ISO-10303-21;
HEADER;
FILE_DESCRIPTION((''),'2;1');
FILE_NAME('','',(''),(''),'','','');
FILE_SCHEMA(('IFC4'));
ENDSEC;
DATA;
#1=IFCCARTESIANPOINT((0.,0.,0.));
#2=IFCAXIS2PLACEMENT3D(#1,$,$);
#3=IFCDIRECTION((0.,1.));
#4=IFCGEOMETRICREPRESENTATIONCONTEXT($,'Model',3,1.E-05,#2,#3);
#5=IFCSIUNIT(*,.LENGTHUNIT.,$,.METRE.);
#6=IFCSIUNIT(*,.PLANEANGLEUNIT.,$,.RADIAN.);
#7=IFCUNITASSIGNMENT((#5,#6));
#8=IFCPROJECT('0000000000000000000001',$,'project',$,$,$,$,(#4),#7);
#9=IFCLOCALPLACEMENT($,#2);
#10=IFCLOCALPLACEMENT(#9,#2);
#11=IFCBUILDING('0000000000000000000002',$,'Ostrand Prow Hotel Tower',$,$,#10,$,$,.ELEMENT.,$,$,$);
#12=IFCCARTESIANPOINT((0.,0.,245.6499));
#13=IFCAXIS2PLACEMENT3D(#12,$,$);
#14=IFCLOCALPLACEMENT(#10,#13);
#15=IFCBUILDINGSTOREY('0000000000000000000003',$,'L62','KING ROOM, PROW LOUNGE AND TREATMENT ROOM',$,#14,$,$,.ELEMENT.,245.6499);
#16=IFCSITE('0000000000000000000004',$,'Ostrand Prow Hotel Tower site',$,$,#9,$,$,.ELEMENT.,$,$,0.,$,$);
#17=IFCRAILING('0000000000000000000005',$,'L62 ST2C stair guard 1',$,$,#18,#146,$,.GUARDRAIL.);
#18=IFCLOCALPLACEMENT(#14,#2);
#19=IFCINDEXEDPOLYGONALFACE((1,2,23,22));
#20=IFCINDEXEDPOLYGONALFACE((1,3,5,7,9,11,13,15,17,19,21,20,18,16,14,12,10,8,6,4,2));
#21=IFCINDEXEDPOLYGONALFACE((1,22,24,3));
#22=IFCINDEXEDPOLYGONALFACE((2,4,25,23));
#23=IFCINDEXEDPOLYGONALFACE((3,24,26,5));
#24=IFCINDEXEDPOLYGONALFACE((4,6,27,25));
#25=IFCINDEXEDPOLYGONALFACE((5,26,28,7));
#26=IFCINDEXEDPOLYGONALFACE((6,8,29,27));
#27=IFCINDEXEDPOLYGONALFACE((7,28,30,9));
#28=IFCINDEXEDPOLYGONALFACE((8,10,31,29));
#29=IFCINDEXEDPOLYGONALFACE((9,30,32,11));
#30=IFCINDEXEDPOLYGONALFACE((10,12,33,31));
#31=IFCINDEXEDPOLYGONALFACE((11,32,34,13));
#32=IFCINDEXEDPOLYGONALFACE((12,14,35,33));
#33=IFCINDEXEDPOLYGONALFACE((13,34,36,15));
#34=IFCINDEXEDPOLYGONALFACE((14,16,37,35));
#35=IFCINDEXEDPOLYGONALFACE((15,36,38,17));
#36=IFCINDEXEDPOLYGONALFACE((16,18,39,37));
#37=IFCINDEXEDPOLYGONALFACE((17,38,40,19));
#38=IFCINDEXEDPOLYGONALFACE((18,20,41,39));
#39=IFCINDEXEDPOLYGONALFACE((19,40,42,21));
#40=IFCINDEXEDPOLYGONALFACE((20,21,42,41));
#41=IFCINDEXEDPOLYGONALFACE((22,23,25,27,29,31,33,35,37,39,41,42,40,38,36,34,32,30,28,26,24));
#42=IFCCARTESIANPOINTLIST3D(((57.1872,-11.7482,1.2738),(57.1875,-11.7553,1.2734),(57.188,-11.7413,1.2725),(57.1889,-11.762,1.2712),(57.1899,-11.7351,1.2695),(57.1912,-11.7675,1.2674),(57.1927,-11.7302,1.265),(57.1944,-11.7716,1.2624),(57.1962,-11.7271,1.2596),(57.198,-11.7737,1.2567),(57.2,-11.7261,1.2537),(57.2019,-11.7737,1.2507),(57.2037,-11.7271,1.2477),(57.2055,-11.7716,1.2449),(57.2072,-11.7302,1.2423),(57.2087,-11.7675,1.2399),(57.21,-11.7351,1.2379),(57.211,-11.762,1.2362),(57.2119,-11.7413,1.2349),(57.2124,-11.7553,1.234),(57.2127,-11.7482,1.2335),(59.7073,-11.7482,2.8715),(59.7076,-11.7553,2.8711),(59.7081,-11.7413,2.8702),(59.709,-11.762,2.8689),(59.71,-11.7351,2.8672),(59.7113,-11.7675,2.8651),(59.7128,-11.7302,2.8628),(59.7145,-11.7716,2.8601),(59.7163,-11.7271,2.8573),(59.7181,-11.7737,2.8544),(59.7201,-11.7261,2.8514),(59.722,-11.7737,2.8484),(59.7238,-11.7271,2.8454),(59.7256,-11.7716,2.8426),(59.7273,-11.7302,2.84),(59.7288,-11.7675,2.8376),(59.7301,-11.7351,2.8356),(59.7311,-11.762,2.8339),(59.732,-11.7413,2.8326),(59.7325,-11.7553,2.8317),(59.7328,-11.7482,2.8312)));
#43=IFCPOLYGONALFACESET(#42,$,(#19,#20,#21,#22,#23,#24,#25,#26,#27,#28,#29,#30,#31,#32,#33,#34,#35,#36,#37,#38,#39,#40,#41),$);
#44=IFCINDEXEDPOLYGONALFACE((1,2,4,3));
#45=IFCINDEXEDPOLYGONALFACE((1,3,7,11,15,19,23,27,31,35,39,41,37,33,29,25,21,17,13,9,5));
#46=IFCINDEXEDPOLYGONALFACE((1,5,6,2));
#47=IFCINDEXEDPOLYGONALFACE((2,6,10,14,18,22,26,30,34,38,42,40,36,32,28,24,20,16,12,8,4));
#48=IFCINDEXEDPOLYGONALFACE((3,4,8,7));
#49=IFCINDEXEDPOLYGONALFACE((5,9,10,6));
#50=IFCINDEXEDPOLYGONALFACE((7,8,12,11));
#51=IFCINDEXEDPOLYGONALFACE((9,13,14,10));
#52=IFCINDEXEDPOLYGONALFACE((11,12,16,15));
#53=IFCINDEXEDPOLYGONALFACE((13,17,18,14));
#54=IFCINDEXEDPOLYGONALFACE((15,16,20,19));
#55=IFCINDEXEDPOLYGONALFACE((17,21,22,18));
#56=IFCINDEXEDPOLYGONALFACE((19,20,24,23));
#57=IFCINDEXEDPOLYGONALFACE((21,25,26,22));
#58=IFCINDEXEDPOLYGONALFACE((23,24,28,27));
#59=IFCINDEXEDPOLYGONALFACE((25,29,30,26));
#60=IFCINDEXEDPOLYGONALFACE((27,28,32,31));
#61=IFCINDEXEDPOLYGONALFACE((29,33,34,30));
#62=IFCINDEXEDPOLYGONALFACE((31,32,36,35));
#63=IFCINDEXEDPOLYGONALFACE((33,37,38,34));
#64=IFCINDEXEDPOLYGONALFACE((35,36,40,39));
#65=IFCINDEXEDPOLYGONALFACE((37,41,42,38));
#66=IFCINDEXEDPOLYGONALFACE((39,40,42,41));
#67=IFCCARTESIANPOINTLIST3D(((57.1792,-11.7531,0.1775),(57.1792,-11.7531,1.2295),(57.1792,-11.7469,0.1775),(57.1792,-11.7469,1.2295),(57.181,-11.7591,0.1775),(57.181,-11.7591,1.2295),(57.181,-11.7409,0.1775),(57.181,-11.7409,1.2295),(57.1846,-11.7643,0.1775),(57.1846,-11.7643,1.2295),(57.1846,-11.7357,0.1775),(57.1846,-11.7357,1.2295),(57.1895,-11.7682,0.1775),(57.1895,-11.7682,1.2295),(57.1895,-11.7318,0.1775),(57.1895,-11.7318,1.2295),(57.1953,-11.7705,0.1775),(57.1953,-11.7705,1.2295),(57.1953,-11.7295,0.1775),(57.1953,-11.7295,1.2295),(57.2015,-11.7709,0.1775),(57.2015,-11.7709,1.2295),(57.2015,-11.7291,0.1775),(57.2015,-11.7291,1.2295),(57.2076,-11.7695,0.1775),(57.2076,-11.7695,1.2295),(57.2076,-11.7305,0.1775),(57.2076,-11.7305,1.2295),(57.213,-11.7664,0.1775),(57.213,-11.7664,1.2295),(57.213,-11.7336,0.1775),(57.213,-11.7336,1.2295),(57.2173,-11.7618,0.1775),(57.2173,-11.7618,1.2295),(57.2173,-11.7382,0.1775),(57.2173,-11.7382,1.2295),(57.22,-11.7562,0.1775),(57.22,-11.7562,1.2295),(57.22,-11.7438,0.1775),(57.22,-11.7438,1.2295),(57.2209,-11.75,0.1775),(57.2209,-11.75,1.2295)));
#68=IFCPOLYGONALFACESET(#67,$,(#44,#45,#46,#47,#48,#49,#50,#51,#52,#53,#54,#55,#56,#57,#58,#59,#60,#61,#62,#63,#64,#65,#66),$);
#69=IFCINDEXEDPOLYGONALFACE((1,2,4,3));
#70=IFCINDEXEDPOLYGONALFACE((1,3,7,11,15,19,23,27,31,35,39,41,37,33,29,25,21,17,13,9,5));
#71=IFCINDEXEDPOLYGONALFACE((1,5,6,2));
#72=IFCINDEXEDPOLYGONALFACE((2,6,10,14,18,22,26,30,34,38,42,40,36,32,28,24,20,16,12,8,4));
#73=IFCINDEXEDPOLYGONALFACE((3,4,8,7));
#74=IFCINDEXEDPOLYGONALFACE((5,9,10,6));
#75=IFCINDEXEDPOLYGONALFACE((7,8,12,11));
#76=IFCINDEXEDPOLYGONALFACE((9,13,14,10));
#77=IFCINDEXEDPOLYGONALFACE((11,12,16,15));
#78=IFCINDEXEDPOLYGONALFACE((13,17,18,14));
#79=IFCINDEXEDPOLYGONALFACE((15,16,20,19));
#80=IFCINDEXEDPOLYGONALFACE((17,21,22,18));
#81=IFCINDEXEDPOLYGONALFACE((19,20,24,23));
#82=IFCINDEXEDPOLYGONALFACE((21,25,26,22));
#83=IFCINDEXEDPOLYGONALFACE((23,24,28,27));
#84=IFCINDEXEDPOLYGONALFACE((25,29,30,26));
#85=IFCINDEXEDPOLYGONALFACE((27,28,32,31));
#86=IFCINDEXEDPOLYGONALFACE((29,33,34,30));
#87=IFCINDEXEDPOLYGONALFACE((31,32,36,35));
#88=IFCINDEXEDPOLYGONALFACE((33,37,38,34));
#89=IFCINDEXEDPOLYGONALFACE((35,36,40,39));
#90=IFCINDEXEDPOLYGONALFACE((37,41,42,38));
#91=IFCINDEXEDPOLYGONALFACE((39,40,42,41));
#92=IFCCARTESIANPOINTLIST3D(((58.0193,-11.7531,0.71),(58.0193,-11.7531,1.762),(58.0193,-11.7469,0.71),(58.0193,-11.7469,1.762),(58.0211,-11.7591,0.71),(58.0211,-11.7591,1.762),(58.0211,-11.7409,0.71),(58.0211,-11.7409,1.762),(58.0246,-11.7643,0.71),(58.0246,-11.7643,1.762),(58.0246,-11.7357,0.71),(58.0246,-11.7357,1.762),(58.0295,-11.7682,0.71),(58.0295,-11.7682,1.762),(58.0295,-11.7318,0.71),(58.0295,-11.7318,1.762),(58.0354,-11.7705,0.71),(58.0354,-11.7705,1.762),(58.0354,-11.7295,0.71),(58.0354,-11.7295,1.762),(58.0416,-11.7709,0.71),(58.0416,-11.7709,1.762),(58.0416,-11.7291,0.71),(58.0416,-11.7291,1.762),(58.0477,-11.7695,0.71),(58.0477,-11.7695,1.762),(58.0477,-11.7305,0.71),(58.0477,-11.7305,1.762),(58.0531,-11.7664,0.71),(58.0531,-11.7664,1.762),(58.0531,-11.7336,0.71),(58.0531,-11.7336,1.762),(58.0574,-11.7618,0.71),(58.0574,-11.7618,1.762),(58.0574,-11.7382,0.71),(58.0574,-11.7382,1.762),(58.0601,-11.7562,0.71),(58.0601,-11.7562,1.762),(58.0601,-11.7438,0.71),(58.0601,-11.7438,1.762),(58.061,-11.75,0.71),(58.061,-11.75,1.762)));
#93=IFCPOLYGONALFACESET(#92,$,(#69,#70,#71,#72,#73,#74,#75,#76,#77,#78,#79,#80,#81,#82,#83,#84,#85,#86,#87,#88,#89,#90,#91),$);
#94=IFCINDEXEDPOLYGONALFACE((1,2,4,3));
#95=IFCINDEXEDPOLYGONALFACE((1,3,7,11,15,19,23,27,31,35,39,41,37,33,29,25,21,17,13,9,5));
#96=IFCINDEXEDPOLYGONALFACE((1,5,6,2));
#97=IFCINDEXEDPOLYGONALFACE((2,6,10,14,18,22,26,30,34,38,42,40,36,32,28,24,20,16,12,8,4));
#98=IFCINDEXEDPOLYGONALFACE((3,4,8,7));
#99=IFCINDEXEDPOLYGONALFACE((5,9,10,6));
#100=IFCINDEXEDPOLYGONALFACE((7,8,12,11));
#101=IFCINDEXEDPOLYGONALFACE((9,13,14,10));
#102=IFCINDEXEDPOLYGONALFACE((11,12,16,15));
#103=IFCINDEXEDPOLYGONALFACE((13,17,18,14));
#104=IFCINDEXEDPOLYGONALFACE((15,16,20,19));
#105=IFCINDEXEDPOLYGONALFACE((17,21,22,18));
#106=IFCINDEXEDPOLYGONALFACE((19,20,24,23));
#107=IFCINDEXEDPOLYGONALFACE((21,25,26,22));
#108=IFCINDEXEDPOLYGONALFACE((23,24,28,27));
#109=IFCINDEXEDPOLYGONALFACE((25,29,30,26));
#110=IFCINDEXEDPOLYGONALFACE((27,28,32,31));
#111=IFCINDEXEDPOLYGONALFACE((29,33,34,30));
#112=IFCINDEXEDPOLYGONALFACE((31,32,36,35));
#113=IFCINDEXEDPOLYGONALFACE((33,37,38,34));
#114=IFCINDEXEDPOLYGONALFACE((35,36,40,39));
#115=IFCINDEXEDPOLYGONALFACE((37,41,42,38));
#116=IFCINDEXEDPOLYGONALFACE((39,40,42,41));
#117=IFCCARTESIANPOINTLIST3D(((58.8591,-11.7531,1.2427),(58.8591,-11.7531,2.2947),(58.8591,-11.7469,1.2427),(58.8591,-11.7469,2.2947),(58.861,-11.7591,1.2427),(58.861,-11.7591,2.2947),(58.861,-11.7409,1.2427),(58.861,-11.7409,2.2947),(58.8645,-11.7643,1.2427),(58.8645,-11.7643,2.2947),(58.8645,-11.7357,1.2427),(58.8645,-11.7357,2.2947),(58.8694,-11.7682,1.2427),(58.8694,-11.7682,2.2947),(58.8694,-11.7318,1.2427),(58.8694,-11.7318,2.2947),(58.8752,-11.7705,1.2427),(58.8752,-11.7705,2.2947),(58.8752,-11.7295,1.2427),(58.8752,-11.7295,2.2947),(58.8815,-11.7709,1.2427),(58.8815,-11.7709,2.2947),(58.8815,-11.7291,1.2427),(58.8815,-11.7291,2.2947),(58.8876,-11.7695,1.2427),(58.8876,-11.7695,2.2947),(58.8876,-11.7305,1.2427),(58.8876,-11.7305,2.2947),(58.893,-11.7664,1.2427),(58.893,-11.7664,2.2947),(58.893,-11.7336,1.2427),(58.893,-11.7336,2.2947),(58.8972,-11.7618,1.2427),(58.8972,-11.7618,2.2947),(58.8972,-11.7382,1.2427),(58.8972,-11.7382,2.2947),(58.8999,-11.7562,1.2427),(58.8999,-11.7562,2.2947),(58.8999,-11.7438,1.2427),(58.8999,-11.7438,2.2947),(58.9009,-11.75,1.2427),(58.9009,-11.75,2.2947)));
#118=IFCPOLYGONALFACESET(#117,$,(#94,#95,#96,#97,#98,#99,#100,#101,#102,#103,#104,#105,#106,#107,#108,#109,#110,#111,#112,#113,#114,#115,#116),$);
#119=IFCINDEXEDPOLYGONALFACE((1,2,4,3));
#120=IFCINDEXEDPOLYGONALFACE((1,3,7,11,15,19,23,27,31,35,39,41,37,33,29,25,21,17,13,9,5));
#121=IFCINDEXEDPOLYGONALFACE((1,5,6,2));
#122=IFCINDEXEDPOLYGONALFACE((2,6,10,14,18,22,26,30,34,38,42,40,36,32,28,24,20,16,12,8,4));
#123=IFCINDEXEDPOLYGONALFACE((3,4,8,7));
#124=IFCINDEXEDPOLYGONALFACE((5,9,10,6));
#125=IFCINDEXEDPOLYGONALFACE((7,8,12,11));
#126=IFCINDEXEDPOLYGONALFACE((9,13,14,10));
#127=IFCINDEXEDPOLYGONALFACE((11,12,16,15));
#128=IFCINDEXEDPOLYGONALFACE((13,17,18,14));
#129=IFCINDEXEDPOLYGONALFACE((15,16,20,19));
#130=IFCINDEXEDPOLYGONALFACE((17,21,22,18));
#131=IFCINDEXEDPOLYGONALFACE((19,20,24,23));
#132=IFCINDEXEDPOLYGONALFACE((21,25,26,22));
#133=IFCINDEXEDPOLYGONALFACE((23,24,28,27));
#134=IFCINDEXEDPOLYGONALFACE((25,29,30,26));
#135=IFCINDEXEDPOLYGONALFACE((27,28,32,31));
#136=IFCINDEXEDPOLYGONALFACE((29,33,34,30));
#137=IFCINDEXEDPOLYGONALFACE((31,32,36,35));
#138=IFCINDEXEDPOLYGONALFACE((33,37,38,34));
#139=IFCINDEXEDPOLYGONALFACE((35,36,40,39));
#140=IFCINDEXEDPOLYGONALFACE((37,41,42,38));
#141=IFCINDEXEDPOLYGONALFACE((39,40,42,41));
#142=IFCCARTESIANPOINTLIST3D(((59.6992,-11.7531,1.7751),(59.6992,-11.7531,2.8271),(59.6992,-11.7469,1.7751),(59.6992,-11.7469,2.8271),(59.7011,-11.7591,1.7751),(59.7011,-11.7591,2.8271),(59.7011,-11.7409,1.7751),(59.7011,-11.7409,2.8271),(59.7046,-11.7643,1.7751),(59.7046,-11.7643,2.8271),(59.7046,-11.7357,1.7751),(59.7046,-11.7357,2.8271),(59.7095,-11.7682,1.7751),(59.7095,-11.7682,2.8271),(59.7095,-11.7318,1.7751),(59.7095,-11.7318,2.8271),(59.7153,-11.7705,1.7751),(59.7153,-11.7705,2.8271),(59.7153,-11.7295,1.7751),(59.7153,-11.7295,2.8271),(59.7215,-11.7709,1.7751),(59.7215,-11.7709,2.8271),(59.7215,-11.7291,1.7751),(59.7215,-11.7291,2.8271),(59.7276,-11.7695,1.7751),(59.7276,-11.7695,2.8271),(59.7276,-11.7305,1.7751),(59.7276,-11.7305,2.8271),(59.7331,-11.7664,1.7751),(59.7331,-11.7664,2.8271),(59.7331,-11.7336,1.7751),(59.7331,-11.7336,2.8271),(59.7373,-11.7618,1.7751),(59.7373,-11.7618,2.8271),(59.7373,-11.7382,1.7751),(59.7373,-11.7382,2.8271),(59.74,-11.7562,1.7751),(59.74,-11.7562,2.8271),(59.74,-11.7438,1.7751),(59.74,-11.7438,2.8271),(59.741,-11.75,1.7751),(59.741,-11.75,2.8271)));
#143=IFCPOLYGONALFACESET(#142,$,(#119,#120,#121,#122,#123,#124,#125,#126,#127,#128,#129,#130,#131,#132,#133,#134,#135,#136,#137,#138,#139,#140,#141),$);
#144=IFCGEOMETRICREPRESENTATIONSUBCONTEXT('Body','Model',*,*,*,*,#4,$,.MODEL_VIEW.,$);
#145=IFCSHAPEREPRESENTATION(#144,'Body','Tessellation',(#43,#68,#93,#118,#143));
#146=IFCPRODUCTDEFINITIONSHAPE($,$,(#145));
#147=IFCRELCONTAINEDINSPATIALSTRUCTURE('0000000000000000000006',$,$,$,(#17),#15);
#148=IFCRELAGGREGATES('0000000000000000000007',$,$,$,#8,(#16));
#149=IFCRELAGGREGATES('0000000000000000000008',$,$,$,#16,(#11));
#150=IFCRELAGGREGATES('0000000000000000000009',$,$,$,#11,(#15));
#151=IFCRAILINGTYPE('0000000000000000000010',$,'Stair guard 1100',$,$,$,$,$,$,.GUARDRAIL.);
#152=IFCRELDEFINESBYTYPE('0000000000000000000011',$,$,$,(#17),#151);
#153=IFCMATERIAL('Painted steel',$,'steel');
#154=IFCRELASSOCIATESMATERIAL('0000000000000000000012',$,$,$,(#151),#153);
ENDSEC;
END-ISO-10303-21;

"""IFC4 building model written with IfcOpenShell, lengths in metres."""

from ifc_helpers import new_model, si_unit, direction, frame, origin, origin_2d, place, context, subcontext, project, spatial, circle, extrude, material, type_object, element, save


model = new_model("IFC4")

# Units and contexts
model_context = context("Model", 3, precision=1e-05, world=origin(), true_north=direction((0.0, 1.0)))
body_context = subcontext(model_context, "Body", "Model", "MODEL_VIEW")
ifc_project = project(units=[si_unit("LENGTHUNIT", "METRE"), si_unit("PLANEANGLEUNIT", "RADIAN")], contexts=[model_context])

# Site, building, storey
site_placement = place(None, origin())
site = spatial("IfcSite", under=ifc_project, at=site_placement, Name="Ostrand Prow Hotel Tower site", CompositionType="ELEMENT", RefElevation=0.0)
building_placement = place(site_placement, origin())
building = spatial("IfcBuilding", under=site, at=building_placement, Name="Ostrand Prow Hotel Tower", CompositionType="ELEMENT")
storey_placement = place(building_placement, frame((0.0, 0.0, 245.6499)))
storey = spatial("IfcBuildingStorey", under=building, at=storey_placement, Name="L62", Description="KING ROOM, PROW LOUNGE AND TREATMENT ROOM", CompositionType="ELEMENT", Elevation=245.6499)

# Railing
ifc_material_1 = material(Name="Painted steel", Category="steel")
railing_type_1 = type_object("IfcRailingType", Name="Stair guard 1100", PredefinedType="GUARDRAIL", material=ifc_material_1)
railing_1_placement = place(storey_placement, frame((57.2, -11.75, 0.1775)))
element("IfcRailing", 1, at=railing_1_placement, inside=storey, type_object=railing_type_1, Name="L62 ST2C stair guard 1", PredefinedType="GUARDRAIL", context=body_context, shape_type="SweptSolid", body=[
    extrude(circle(Radius=0.0239, at=origin_2d()), frame((0.0, 0.0, 1.0762), z_axis=(0.84457, 0.0, 0.535445), x_axis=(0.0, 1.0, 0.0)), (0.0, 0.0, 1.0), 2.9839),
    extrude(circle(Radius=0.021, at=origin_2d()), origin(), (0.0, 0.0, 1.0), 1.052),
    extrude(circle(Radius=0.021, at=origin_2d()), frame((0.8401, 0.0, 0.5325)), (0.0, 0.0, 1.0), 1.052),
    extrude(circle(Radius=0.021, at=origin_2d()), frame((1.6799, 0.0, 1.0652)), (0.0, 0.0, 1.0), 1.052),
    extrude(circle(Radius=0.021, at=origin_2d()), frame((2.52, 0.0, 1.5977)), (0.0, 0.0, 1.0), 1.052),
])

save(model, "model.ifc")
